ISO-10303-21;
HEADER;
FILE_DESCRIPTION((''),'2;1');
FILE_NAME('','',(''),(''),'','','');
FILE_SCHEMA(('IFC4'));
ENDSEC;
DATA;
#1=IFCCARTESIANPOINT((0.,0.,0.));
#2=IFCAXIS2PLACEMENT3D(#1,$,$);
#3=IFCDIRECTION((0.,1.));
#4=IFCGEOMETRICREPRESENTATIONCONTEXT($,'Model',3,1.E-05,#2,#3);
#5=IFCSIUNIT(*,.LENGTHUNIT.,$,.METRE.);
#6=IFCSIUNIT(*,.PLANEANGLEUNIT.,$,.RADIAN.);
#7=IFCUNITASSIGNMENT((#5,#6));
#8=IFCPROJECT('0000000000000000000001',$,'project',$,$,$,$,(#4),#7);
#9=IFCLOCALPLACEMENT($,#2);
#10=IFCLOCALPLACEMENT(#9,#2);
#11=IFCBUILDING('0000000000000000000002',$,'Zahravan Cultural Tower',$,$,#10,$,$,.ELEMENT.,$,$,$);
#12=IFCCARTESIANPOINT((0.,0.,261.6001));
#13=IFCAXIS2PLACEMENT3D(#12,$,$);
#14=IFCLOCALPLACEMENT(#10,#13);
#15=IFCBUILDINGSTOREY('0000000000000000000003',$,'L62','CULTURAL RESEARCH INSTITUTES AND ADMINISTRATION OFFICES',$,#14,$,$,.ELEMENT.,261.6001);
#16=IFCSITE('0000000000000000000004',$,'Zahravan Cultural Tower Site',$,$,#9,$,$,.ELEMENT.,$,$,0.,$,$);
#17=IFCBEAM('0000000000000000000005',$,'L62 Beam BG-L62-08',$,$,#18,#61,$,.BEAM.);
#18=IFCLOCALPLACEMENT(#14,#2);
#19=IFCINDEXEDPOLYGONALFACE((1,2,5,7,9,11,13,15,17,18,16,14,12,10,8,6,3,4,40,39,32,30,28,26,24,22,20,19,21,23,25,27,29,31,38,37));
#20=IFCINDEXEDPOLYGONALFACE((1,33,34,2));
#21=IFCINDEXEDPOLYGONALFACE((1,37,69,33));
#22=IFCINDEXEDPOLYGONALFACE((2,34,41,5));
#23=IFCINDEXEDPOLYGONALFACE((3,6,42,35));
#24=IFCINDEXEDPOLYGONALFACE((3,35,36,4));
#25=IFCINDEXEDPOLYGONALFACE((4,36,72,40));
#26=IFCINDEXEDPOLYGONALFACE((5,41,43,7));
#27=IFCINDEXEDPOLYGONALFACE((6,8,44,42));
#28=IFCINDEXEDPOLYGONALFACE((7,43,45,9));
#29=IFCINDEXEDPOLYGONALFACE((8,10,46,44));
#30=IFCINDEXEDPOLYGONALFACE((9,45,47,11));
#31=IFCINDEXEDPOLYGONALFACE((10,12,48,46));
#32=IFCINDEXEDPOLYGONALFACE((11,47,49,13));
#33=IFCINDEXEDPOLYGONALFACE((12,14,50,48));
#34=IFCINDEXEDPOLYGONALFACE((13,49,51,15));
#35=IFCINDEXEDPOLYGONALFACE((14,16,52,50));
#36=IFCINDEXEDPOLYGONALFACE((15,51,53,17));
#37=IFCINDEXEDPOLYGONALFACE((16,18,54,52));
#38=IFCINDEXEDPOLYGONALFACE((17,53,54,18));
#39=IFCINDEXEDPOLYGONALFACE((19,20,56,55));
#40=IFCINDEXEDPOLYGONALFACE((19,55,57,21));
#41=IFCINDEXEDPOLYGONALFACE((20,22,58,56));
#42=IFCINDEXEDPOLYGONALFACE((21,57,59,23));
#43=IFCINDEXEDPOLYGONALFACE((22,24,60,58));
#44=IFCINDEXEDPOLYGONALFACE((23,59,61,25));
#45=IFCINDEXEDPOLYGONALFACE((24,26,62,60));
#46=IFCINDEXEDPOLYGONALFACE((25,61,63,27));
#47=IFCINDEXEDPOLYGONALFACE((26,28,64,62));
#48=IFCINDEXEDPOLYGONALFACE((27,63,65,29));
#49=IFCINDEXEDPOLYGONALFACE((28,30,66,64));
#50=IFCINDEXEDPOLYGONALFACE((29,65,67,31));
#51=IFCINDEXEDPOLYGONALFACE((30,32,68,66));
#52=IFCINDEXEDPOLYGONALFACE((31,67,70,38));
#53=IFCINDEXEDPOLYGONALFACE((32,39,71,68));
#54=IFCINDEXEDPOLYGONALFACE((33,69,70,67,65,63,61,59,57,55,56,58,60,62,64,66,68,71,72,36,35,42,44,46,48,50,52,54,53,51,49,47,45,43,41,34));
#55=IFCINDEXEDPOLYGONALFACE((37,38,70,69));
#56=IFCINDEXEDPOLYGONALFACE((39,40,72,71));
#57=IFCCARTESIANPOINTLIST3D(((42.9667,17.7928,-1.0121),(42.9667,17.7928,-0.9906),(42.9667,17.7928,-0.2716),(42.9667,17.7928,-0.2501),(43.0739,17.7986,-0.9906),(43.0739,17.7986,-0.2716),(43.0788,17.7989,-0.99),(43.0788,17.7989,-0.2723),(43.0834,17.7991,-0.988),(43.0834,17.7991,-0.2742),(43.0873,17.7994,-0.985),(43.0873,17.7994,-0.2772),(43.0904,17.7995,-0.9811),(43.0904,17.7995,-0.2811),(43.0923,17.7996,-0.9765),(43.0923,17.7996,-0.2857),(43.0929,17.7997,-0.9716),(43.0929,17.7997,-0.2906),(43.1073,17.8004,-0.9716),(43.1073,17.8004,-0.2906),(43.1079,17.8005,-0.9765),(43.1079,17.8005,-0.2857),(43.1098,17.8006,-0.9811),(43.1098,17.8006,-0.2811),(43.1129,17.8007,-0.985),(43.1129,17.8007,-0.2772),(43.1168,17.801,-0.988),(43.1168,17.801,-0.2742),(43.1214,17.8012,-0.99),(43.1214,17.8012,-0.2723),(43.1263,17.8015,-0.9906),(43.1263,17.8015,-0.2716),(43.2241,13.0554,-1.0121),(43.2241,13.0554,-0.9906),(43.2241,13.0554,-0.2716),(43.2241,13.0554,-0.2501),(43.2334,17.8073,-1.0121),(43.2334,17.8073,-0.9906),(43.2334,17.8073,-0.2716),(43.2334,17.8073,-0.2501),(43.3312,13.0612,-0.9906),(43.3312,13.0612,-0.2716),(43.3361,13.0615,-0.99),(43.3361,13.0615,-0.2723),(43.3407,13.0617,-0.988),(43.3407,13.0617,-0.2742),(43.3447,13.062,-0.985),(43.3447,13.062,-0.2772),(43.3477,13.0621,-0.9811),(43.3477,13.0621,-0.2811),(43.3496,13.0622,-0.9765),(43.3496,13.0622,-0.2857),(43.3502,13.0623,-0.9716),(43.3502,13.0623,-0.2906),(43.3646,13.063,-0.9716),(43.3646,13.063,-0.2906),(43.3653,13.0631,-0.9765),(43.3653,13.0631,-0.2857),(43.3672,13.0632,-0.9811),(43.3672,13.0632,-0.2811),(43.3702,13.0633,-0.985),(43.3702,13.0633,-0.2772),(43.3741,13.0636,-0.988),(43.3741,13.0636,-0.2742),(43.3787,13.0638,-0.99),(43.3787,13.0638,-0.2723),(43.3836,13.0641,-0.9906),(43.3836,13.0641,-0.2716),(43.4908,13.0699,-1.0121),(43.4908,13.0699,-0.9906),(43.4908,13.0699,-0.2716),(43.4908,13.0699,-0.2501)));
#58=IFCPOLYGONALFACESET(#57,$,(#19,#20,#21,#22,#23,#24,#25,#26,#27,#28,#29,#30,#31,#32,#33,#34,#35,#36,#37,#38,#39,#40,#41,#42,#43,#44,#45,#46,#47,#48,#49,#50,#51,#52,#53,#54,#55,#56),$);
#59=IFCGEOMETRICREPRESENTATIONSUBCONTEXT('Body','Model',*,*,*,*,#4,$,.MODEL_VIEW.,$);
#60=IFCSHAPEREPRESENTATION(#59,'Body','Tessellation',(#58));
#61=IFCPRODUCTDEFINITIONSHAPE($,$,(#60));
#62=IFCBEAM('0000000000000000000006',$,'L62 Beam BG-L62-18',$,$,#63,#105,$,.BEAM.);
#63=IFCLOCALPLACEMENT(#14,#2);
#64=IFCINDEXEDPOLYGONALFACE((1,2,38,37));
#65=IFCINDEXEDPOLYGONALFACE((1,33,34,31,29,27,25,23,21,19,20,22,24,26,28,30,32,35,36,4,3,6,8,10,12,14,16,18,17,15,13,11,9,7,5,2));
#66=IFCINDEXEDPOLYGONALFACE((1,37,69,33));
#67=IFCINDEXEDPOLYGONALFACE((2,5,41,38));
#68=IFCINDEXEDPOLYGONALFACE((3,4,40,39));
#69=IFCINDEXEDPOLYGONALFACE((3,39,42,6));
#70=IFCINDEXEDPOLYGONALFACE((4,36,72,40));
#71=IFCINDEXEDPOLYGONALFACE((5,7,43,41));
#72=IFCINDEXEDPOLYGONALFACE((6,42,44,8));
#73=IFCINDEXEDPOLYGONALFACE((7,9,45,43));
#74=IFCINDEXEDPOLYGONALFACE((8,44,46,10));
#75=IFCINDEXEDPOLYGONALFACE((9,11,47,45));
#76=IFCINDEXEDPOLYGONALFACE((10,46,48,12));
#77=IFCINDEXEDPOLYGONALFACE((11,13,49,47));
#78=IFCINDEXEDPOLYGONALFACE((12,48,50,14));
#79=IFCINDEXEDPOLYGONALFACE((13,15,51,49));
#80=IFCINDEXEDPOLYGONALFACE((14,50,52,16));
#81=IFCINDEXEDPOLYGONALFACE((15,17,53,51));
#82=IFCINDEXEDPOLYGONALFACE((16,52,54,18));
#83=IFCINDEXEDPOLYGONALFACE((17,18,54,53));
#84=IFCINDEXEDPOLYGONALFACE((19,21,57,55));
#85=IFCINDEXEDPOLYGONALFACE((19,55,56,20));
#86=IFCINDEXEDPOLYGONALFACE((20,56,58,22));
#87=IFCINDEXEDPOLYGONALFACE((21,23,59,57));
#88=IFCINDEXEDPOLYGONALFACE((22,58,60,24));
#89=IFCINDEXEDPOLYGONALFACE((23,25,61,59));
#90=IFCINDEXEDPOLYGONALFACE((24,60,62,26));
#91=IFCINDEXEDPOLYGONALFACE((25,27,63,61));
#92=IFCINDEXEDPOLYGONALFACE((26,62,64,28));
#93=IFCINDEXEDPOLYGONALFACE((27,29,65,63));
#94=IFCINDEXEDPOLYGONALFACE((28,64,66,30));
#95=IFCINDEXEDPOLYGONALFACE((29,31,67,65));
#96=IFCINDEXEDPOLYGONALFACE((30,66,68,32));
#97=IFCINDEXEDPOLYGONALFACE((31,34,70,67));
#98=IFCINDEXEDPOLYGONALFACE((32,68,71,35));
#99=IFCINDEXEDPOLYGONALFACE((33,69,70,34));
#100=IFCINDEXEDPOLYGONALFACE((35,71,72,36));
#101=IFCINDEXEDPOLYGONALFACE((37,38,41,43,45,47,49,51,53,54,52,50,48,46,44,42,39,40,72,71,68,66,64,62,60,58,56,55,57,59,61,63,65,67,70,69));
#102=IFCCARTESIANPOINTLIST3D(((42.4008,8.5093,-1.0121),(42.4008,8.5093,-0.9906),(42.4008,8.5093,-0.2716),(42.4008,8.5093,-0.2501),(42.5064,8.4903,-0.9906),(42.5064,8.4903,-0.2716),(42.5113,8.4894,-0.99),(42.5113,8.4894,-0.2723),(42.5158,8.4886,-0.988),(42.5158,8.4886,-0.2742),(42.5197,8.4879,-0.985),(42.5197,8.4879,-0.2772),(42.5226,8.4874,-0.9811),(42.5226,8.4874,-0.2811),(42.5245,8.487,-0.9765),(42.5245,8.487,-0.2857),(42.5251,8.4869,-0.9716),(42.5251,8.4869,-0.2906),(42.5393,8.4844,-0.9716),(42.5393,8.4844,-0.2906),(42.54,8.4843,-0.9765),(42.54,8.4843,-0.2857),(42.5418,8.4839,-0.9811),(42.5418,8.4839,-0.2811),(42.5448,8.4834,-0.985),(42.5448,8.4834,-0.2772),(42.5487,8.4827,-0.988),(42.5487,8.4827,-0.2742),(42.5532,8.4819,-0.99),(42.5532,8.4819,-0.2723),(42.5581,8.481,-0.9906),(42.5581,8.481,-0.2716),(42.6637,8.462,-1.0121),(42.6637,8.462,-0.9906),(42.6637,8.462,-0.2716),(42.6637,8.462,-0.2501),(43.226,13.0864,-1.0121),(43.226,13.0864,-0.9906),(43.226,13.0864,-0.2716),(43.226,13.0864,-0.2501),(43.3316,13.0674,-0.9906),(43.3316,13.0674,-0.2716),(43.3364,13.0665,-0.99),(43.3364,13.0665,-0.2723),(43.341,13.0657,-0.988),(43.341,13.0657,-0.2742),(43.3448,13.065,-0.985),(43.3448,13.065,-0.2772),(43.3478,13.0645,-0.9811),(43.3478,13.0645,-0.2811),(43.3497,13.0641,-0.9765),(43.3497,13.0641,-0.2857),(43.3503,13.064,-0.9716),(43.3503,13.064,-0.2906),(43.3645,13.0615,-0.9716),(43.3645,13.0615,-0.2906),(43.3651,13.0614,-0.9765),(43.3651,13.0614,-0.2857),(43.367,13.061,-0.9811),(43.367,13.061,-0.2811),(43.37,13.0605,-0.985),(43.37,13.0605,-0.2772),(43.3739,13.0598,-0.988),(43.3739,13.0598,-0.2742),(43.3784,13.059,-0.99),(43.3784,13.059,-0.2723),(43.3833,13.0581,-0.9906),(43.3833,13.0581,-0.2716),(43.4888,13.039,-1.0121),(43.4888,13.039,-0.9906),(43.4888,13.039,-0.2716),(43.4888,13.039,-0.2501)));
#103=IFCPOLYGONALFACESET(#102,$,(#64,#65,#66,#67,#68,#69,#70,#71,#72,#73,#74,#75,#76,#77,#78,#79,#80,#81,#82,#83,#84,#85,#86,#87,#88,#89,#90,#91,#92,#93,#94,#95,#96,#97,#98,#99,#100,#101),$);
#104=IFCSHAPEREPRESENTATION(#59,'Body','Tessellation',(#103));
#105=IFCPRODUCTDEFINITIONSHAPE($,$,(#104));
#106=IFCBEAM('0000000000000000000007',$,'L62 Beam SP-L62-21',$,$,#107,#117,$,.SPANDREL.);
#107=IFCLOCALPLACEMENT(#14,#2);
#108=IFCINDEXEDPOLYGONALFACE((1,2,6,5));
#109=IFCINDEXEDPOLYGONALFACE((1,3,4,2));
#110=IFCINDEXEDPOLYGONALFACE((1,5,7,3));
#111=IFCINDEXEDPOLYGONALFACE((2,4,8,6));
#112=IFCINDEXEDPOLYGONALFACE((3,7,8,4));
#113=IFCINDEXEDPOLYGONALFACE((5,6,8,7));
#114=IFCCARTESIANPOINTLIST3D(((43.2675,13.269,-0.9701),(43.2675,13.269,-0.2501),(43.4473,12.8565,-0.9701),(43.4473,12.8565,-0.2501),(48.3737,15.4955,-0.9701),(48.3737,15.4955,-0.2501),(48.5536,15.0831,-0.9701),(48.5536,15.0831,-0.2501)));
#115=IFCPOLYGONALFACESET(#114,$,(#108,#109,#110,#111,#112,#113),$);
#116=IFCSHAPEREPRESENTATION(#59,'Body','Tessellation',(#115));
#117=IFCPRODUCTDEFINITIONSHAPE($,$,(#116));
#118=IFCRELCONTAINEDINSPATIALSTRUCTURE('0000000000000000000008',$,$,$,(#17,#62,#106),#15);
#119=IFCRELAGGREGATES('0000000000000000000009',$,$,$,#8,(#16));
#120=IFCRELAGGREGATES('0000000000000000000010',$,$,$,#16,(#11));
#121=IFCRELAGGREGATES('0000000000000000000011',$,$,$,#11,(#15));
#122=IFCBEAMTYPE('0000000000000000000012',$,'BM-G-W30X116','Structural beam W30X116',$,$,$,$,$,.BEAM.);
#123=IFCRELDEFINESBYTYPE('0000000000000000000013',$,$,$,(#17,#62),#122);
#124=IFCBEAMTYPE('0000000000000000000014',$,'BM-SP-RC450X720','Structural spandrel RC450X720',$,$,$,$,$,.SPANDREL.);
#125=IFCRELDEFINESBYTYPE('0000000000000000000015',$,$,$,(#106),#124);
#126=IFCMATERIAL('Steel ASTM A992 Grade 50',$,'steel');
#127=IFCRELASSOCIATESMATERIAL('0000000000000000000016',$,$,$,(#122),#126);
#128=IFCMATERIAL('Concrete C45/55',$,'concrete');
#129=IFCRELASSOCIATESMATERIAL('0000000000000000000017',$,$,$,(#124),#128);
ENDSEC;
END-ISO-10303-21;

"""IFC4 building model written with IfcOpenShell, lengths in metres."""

from ifc_helpers import new_model, si_unit, direction, frame, origin, origin_2d, place, context, subcontext, project, spatial, rectangle, i_section, extrude, source, transform, mapped, material, material_profile, profile_set, type_object, element, save


model = new_model("IFC4")

# Units and contexts
model_context = context("Model", 3, precision=1e-05, world=origin(), true_north=direction((0.0, 1.0)))
body_context = subcontext(model_context, "Body", "Model", "MODEL_VIEW")
ifc_project = project(units=[si_unit("LENGTHUNIT", "METRE"), si_unit("PLANEANGLEUNIT", "RADIAN")], contexts=[model_context])

# Site, building, storey
site_placement = place(None, origin())
site = spatial("IfcSite", under=ifc_project, at=site_placement, Name="Zahravan Cultural Tower Site", CompositionType="ELEMENT", RefElevation=0.0)
building_placement = place(site_placement, origin())
building = spatial("IfcBuilding", under=site, at=building_placement, Name="Zahravan Cultural Tower", CompositionType="ELEMENT")
storey_placement = place(building_placement, frame((0.0, 0.0, 261.6001)))
storey = spatial("IfcBuildingStorey", under=building, at=storey_placement, Name="L62", Description="CULTURAL RESEARCH INSTITUTES AND ADMINISTRATION OFFICES", CompositionType="ELEMENT", Elevation=261.6001)

# Shared definitions
ifc_material_1 = material(Name="Steel ASTM A992 Grade 50", Category="steel")

# Beams
ifc_material_profile_1 = material_profile(ifc_material_1, i_section(OverallWidth=0.2671, OverallDepth=0.762, WebThickness=0.0144, FlangeThickness=0.0215, FilletRadius=0.019, at=origin_2d()), Name="W30X116")
ifc_profile_set_1 = profile_set([ifc_material_profile_1], Name="Steel ASTM A992 Grade 50")
beam_type_1 = type_object("IfcBeamType", Name="BM-G-W30X116", Description="Structural beam W30X116", PredefinedType="BEAM", material=ifc_profile_set_1)
shared_shape_1 = source(origin(), body_context, "Body", "SweptSolid", [
    extrude(i_section(OverallWidth=0.2671, OverallDepth=0.762, WebThickness=0.0144, FlangeThickness=0.0215, FilletRadius=0.019, at=origin_2d()), origin(), (0.0, 0.0, 1.0), 4.7444),
])
beam_1_placement = place(storey_placement, frame((43.1001, 17.8, -0.6311), z_axis=(0.054239, -0.998528, 0.0), x_axis=(0.998528, 0.054239, 0.0)))
element("IfcBeam", 1, at=beam_1_placement, inside=storey, type_object=beam_type_1, Name="L62 Beam BG-L62-08", PredefinedType="BEAM", context=body_context, shape_type="MappedRepresentation", body=[
    mapped(shared_shape_1, transform((0.0, 0.0, 0.0), x_axis=(1.0, 0.0, 0.0), y_axis=(0.0, 1.0, 0.0), z_axis=(0.0, 0.0, 1.0), scale=1.0)),
])
shared_shape_2 = source(origin(), body_context, "Body", "SweptSolid", [
    extrude(i_section(OverallWidth=0.2671, OverallDepth=0.762, WebThickness=0.0144, FlangeThickness=0.0215, FilletRadius=0.019, at=origin_2d()), origin(), (0.0, 0.0, 1.0), 4.6509),
])
beam_2_placement = place(storey_placement, frame((43.3574, 13.0627, -0.6311), z_axis=(-0.177426, -0.984134, 0.0), x_axis=(0.984134, -0.177426, 0.0)))
element("IfcBeam", 2, at=beam_2_placement, inside=storey, type_object=beam_type_1, Name="L62 Beam BG-L62-18", PredefinedType="BEAM", context=body_context, shape_type="MappedRepresentation", body=[
    mapped(shared_shape_2, transform((0.0, 0.0, 0.0), x_axis=(1.0, 0.0, 0.0), y_axis=(0.0, 1.0, 0.0), z_axis=(0.0, 0.0, 1.0), scale=1.0)),
])
ifc_material_2 = material(Name="Concrete C45/55", Category="concrete")
ifc_material_profile_2 = material_profile(ifc_material_2, rectangle(XDim=0.45, YDim=0.72, at=origin_2d()), Name="RC450X720")
ifc_profile_set_2 = profile_set([ifc_material_profile_2], Name="Concrete C45/55")
beam_type_2 = type_object("IfcBeamType", Name="BM-SP-RC450X720", Description="Structural spandrel RC450X720", PredefinedType="SPANDREL", material=ifc_profile_set_2)
shared_shape_3 = source(origin(), body_context, "Body", "SweptSolid", [
    extrude(rectangle(XDim=0.45, YDim=0.72, at=origin_2d()), origin(), (0.0, 0.0, 1.0), 5.5706),
])
beam_3_placement = place(storey_placement, frame((43.3574, 13.0627, -0.6101), z_axis=(0.916645, 0.399703, 0.0), x_axis=(-0.399703, 0.916645, 0.0)))
element("IfcBeam", 3, at=beam_3_placement, inside=storey, type_object=beam_type_2, Name="L62 Beam SP-L62-21", PredefinedType="SPANDREL", context=body_context, shape_type="MappedRepresentation", body=[
    mapped(shared_shape_3, transform((0.0, 0.0, 0.0), x_axis=(1.0, 0.0, 0.0), y_axis=(0.0, 1.0, 0.0), z_axis=(0.0, 0.0, 1.0), scale=1.0)),
])

save(model, "model.ifc")
